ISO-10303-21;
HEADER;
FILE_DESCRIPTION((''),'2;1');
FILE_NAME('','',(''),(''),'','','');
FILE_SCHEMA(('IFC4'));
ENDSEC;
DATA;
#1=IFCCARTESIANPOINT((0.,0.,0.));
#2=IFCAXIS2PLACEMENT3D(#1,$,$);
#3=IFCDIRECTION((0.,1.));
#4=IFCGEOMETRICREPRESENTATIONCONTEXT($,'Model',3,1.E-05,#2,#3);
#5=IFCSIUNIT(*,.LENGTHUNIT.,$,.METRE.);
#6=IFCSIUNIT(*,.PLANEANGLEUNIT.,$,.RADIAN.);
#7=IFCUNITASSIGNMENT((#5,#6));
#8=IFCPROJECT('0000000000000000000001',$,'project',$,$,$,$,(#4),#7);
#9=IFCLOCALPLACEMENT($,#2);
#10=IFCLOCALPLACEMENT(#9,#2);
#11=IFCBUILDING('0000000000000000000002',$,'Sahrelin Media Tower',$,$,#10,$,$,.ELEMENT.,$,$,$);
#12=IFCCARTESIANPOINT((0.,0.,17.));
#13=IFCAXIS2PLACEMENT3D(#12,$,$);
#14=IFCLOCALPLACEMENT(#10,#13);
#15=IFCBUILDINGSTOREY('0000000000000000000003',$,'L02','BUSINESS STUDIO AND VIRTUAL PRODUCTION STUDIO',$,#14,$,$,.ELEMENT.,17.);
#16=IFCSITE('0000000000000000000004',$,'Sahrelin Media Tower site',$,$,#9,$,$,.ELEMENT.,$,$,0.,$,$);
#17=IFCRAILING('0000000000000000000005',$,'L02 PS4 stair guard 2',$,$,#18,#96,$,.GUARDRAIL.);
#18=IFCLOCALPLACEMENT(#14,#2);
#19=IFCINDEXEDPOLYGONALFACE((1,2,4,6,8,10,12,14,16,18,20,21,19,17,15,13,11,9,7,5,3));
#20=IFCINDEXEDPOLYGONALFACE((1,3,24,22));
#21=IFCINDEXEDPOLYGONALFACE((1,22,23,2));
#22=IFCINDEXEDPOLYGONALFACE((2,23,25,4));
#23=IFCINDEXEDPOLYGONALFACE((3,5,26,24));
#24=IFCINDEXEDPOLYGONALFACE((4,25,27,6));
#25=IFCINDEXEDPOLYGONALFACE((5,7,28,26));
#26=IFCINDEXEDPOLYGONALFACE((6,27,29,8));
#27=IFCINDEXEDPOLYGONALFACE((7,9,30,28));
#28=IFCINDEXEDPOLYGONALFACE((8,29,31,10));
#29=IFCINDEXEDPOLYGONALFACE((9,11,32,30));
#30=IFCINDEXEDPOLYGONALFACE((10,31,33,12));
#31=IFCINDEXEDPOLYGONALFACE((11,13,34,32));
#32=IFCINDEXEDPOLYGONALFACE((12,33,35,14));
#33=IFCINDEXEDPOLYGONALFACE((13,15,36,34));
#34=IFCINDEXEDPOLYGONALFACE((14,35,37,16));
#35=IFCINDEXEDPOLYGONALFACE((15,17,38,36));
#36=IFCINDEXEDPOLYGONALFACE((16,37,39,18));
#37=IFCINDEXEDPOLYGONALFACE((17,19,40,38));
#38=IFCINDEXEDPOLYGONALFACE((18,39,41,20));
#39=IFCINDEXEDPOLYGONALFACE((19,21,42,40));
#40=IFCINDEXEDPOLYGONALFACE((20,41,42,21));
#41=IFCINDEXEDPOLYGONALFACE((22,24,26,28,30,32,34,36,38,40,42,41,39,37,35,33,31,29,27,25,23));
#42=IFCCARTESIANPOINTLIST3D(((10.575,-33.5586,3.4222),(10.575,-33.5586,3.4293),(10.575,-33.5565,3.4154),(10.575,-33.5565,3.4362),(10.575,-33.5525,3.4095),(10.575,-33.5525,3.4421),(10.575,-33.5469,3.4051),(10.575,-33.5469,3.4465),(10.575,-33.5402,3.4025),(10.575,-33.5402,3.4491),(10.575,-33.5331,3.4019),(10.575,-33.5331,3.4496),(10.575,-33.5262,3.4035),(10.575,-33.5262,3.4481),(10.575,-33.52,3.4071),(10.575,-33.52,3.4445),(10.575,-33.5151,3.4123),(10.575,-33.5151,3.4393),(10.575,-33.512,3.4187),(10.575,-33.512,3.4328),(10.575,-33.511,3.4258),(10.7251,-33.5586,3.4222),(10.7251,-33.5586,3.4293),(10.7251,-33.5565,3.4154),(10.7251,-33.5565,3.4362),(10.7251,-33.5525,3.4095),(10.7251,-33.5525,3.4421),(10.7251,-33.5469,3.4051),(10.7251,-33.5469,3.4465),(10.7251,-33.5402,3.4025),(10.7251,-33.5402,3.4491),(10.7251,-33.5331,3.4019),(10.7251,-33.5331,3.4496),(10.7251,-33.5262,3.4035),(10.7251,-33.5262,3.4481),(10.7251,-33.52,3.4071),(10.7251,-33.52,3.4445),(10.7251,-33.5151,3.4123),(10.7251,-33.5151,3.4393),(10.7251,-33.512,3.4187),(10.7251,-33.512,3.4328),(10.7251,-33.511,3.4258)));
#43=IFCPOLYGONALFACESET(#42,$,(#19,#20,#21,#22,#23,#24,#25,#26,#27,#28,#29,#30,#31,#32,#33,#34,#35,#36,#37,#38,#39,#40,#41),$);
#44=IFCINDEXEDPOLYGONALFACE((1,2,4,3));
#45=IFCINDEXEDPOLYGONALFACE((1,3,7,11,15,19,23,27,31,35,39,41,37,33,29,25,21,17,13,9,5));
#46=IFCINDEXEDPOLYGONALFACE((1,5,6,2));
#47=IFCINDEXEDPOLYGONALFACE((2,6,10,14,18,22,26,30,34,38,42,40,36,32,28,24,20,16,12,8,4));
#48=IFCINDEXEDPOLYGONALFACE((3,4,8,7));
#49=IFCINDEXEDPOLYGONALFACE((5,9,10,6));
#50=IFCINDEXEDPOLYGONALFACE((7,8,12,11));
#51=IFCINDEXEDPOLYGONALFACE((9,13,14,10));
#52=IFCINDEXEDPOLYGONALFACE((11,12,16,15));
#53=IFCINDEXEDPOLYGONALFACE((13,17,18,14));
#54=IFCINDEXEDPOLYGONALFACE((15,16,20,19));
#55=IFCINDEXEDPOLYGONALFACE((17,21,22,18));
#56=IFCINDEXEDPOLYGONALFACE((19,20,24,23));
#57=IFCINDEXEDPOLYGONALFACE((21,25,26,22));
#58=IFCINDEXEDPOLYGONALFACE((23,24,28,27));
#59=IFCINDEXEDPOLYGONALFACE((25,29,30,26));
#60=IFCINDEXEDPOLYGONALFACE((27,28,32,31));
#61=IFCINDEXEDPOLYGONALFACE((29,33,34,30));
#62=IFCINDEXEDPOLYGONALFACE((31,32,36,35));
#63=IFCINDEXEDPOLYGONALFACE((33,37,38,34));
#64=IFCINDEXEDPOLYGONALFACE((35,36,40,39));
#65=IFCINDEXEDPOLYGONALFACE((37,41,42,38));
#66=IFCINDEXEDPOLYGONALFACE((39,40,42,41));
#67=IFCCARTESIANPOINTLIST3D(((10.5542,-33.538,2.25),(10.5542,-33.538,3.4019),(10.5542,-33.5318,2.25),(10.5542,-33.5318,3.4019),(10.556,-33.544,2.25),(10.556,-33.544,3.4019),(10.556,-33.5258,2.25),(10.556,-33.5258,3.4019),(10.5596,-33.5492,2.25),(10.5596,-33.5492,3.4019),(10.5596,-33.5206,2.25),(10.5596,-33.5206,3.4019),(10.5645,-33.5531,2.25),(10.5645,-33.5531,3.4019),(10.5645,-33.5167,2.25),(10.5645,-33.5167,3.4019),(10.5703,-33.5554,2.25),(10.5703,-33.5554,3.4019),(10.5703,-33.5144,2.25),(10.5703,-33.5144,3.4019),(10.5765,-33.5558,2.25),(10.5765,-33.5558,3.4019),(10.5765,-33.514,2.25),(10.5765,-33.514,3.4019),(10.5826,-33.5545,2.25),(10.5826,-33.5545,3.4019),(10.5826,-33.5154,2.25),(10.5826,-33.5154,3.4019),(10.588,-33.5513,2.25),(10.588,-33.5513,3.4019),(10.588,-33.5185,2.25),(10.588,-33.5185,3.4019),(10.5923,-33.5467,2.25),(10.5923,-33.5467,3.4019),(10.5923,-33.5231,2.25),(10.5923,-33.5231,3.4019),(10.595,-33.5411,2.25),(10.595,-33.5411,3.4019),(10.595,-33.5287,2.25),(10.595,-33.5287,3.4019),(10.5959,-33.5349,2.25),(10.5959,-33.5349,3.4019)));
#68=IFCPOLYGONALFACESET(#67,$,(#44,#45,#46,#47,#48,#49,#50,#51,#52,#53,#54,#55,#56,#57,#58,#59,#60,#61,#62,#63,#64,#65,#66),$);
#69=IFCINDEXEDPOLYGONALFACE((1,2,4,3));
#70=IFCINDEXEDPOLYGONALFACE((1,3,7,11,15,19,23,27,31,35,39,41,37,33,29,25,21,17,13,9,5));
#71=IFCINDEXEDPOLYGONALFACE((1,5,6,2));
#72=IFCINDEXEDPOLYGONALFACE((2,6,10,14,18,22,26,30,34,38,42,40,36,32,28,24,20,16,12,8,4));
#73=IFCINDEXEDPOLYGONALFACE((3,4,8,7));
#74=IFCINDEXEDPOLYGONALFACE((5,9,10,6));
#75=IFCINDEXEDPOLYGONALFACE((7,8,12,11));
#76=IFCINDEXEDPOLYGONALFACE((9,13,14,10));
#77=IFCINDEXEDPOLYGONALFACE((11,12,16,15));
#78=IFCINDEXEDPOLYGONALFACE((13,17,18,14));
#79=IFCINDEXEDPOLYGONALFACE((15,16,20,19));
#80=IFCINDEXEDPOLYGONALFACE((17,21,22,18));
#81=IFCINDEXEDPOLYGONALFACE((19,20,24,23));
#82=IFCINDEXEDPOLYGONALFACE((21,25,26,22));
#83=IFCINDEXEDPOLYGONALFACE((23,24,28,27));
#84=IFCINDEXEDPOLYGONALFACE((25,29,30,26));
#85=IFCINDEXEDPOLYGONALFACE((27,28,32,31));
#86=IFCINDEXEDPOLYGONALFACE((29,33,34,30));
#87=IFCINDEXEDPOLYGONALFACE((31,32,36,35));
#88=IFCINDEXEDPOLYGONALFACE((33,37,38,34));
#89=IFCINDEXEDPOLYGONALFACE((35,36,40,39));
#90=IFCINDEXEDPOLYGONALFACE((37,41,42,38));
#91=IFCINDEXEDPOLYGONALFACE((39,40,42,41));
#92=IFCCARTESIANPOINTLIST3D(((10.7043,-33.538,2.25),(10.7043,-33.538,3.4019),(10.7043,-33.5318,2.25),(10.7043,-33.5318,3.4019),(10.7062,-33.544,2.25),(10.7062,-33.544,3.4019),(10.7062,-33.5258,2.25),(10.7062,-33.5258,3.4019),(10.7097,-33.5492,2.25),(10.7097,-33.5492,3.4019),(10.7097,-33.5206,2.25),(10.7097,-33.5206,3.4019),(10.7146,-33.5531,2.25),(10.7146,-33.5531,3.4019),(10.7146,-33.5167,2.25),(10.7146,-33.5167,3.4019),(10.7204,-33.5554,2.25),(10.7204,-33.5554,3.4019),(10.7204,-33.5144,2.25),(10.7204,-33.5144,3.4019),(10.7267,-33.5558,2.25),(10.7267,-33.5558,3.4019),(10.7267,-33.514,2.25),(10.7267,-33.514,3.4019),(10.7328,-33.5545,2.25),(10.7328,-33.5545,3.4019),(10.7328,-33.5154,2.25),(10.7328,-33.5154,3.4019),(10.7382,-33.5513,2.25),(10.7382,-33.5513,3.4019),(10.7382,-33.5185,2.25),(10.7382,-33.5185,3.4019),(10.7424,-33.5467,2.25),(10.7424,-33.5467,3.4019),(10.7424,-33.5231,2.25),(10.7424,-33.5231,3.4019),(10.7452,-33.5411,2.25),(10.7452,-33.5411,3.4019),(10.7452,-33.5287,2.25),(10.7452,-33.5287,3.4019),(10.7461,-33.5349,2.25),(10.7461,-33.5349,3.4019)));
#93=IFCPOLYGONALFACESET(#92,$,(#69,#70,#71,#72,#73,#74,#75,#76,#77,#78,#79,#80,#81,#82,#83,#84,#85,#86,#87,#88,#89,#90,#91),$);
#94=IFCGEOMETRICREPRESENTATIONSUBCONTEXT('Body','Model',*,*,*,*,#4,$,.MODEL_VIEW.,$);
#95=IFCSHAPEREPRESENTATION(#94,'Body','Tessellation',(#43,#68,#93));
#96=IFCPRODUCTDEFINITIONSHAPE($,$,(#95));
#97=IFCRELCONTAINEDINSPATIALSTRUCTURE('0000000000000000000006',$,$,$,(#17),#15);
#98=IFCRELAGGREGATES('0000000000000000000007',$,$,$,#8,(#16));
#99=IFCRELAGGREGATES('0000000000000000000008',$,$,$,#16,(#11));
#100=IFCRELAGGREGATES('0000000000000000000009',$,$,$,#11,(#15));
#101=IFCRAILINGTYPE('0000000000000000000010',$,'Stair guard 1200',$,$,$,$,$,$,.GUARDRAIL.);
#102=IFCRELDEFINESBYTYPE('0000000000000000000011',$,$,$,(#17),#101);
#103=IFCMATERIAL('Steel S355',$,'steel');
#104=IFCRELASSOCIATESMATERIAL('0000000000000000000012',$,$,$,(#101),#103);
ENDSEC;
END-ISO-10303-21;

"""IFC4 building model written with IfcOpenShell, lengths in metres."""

from ifc_helpers import new_model, si_unit, direction, frame, origin, origin_2d, place, context, subcontext, project, spatial, circle, extrude, material, type_object, element, save


model = new_model("IFC4")

# Units and contexts
model_context = context("Model", 3, precision=1e-05, world=origin(), true_north=direction((0.0, 1.0)))
body_context = subcontext(model_context, "Body", "Model", "MODEL_VIEW")
ifc_project = project(units=[si_unit("LENGTHUNIT", "METRE"), si_unit("PLANEANGLEUNIT", "RADIAN")], contexts=[model_context])

# Site, building, storey
site_placement = place(None, origin())
site = spatial("IfcSite", under=ifc_project, at=site_placement, Name="Sahrelin Media Tower site", CompositionType="ELEMENT", RefElevation=0.0)
building_placement = place(site_placement, origin())
building = spatial("IfcBuilding", under=site, at=building_placement, Name="Sahrelin Media Tower", CompositionType="ELEMENT")
storey_placement = place(building_placement, frame((0.0, 0.0, 17.0)))
storey = spatial("IfcBuildingStorey", under=building, at=storey_placement, Name="L02", Description="BUSINESS STUDIO AND VIRTUAL PRODUCTION STUDIO", CompositionType="ELEMENT", Elevation=17.0)

# Shared definitions
ifc_material_1 = material(Name="Steel S355", Category="steel")

# Railing
railing_type_1 = type_object("IfcRailingType", Name="Stair guard 1200", PredefinedType="GUARDRAIL", material=ifc_material_1)
railing_1_placement = place(storey_placement, frame((10.575, -33.5349, 2.25)))
element("IfcRailing", 1, at=railing_1_placement, inside=storey, type_object=railing_type_1, Name="L02 PS4 stair guard 2", PredefinedType="GUARDRAIL", context=body_context, shape_type="SweptSolid", body=[
    extrude(circle(Radius=0.0239, at=origin_2d()), frame((0.0, 0.0, 1.1758), z_axis=(1.0, 0.0, 0.0), x_axis=(0.0, 1.0, 0.0)), (0.0, 0.0, 1.0), 0.1501),
    extrude(circle(Radius=0.021, at=origin_2d()), origin(), (0.0, 0.0, 1.0), 1.1519),
    extrude(circle(Radius=0.021, at=origin_2d()), frame((0.1501, 0.0, 0.0)), (0.0, 0.0, 1.0), 1.1519),
])

save(model, "model.ifc")
